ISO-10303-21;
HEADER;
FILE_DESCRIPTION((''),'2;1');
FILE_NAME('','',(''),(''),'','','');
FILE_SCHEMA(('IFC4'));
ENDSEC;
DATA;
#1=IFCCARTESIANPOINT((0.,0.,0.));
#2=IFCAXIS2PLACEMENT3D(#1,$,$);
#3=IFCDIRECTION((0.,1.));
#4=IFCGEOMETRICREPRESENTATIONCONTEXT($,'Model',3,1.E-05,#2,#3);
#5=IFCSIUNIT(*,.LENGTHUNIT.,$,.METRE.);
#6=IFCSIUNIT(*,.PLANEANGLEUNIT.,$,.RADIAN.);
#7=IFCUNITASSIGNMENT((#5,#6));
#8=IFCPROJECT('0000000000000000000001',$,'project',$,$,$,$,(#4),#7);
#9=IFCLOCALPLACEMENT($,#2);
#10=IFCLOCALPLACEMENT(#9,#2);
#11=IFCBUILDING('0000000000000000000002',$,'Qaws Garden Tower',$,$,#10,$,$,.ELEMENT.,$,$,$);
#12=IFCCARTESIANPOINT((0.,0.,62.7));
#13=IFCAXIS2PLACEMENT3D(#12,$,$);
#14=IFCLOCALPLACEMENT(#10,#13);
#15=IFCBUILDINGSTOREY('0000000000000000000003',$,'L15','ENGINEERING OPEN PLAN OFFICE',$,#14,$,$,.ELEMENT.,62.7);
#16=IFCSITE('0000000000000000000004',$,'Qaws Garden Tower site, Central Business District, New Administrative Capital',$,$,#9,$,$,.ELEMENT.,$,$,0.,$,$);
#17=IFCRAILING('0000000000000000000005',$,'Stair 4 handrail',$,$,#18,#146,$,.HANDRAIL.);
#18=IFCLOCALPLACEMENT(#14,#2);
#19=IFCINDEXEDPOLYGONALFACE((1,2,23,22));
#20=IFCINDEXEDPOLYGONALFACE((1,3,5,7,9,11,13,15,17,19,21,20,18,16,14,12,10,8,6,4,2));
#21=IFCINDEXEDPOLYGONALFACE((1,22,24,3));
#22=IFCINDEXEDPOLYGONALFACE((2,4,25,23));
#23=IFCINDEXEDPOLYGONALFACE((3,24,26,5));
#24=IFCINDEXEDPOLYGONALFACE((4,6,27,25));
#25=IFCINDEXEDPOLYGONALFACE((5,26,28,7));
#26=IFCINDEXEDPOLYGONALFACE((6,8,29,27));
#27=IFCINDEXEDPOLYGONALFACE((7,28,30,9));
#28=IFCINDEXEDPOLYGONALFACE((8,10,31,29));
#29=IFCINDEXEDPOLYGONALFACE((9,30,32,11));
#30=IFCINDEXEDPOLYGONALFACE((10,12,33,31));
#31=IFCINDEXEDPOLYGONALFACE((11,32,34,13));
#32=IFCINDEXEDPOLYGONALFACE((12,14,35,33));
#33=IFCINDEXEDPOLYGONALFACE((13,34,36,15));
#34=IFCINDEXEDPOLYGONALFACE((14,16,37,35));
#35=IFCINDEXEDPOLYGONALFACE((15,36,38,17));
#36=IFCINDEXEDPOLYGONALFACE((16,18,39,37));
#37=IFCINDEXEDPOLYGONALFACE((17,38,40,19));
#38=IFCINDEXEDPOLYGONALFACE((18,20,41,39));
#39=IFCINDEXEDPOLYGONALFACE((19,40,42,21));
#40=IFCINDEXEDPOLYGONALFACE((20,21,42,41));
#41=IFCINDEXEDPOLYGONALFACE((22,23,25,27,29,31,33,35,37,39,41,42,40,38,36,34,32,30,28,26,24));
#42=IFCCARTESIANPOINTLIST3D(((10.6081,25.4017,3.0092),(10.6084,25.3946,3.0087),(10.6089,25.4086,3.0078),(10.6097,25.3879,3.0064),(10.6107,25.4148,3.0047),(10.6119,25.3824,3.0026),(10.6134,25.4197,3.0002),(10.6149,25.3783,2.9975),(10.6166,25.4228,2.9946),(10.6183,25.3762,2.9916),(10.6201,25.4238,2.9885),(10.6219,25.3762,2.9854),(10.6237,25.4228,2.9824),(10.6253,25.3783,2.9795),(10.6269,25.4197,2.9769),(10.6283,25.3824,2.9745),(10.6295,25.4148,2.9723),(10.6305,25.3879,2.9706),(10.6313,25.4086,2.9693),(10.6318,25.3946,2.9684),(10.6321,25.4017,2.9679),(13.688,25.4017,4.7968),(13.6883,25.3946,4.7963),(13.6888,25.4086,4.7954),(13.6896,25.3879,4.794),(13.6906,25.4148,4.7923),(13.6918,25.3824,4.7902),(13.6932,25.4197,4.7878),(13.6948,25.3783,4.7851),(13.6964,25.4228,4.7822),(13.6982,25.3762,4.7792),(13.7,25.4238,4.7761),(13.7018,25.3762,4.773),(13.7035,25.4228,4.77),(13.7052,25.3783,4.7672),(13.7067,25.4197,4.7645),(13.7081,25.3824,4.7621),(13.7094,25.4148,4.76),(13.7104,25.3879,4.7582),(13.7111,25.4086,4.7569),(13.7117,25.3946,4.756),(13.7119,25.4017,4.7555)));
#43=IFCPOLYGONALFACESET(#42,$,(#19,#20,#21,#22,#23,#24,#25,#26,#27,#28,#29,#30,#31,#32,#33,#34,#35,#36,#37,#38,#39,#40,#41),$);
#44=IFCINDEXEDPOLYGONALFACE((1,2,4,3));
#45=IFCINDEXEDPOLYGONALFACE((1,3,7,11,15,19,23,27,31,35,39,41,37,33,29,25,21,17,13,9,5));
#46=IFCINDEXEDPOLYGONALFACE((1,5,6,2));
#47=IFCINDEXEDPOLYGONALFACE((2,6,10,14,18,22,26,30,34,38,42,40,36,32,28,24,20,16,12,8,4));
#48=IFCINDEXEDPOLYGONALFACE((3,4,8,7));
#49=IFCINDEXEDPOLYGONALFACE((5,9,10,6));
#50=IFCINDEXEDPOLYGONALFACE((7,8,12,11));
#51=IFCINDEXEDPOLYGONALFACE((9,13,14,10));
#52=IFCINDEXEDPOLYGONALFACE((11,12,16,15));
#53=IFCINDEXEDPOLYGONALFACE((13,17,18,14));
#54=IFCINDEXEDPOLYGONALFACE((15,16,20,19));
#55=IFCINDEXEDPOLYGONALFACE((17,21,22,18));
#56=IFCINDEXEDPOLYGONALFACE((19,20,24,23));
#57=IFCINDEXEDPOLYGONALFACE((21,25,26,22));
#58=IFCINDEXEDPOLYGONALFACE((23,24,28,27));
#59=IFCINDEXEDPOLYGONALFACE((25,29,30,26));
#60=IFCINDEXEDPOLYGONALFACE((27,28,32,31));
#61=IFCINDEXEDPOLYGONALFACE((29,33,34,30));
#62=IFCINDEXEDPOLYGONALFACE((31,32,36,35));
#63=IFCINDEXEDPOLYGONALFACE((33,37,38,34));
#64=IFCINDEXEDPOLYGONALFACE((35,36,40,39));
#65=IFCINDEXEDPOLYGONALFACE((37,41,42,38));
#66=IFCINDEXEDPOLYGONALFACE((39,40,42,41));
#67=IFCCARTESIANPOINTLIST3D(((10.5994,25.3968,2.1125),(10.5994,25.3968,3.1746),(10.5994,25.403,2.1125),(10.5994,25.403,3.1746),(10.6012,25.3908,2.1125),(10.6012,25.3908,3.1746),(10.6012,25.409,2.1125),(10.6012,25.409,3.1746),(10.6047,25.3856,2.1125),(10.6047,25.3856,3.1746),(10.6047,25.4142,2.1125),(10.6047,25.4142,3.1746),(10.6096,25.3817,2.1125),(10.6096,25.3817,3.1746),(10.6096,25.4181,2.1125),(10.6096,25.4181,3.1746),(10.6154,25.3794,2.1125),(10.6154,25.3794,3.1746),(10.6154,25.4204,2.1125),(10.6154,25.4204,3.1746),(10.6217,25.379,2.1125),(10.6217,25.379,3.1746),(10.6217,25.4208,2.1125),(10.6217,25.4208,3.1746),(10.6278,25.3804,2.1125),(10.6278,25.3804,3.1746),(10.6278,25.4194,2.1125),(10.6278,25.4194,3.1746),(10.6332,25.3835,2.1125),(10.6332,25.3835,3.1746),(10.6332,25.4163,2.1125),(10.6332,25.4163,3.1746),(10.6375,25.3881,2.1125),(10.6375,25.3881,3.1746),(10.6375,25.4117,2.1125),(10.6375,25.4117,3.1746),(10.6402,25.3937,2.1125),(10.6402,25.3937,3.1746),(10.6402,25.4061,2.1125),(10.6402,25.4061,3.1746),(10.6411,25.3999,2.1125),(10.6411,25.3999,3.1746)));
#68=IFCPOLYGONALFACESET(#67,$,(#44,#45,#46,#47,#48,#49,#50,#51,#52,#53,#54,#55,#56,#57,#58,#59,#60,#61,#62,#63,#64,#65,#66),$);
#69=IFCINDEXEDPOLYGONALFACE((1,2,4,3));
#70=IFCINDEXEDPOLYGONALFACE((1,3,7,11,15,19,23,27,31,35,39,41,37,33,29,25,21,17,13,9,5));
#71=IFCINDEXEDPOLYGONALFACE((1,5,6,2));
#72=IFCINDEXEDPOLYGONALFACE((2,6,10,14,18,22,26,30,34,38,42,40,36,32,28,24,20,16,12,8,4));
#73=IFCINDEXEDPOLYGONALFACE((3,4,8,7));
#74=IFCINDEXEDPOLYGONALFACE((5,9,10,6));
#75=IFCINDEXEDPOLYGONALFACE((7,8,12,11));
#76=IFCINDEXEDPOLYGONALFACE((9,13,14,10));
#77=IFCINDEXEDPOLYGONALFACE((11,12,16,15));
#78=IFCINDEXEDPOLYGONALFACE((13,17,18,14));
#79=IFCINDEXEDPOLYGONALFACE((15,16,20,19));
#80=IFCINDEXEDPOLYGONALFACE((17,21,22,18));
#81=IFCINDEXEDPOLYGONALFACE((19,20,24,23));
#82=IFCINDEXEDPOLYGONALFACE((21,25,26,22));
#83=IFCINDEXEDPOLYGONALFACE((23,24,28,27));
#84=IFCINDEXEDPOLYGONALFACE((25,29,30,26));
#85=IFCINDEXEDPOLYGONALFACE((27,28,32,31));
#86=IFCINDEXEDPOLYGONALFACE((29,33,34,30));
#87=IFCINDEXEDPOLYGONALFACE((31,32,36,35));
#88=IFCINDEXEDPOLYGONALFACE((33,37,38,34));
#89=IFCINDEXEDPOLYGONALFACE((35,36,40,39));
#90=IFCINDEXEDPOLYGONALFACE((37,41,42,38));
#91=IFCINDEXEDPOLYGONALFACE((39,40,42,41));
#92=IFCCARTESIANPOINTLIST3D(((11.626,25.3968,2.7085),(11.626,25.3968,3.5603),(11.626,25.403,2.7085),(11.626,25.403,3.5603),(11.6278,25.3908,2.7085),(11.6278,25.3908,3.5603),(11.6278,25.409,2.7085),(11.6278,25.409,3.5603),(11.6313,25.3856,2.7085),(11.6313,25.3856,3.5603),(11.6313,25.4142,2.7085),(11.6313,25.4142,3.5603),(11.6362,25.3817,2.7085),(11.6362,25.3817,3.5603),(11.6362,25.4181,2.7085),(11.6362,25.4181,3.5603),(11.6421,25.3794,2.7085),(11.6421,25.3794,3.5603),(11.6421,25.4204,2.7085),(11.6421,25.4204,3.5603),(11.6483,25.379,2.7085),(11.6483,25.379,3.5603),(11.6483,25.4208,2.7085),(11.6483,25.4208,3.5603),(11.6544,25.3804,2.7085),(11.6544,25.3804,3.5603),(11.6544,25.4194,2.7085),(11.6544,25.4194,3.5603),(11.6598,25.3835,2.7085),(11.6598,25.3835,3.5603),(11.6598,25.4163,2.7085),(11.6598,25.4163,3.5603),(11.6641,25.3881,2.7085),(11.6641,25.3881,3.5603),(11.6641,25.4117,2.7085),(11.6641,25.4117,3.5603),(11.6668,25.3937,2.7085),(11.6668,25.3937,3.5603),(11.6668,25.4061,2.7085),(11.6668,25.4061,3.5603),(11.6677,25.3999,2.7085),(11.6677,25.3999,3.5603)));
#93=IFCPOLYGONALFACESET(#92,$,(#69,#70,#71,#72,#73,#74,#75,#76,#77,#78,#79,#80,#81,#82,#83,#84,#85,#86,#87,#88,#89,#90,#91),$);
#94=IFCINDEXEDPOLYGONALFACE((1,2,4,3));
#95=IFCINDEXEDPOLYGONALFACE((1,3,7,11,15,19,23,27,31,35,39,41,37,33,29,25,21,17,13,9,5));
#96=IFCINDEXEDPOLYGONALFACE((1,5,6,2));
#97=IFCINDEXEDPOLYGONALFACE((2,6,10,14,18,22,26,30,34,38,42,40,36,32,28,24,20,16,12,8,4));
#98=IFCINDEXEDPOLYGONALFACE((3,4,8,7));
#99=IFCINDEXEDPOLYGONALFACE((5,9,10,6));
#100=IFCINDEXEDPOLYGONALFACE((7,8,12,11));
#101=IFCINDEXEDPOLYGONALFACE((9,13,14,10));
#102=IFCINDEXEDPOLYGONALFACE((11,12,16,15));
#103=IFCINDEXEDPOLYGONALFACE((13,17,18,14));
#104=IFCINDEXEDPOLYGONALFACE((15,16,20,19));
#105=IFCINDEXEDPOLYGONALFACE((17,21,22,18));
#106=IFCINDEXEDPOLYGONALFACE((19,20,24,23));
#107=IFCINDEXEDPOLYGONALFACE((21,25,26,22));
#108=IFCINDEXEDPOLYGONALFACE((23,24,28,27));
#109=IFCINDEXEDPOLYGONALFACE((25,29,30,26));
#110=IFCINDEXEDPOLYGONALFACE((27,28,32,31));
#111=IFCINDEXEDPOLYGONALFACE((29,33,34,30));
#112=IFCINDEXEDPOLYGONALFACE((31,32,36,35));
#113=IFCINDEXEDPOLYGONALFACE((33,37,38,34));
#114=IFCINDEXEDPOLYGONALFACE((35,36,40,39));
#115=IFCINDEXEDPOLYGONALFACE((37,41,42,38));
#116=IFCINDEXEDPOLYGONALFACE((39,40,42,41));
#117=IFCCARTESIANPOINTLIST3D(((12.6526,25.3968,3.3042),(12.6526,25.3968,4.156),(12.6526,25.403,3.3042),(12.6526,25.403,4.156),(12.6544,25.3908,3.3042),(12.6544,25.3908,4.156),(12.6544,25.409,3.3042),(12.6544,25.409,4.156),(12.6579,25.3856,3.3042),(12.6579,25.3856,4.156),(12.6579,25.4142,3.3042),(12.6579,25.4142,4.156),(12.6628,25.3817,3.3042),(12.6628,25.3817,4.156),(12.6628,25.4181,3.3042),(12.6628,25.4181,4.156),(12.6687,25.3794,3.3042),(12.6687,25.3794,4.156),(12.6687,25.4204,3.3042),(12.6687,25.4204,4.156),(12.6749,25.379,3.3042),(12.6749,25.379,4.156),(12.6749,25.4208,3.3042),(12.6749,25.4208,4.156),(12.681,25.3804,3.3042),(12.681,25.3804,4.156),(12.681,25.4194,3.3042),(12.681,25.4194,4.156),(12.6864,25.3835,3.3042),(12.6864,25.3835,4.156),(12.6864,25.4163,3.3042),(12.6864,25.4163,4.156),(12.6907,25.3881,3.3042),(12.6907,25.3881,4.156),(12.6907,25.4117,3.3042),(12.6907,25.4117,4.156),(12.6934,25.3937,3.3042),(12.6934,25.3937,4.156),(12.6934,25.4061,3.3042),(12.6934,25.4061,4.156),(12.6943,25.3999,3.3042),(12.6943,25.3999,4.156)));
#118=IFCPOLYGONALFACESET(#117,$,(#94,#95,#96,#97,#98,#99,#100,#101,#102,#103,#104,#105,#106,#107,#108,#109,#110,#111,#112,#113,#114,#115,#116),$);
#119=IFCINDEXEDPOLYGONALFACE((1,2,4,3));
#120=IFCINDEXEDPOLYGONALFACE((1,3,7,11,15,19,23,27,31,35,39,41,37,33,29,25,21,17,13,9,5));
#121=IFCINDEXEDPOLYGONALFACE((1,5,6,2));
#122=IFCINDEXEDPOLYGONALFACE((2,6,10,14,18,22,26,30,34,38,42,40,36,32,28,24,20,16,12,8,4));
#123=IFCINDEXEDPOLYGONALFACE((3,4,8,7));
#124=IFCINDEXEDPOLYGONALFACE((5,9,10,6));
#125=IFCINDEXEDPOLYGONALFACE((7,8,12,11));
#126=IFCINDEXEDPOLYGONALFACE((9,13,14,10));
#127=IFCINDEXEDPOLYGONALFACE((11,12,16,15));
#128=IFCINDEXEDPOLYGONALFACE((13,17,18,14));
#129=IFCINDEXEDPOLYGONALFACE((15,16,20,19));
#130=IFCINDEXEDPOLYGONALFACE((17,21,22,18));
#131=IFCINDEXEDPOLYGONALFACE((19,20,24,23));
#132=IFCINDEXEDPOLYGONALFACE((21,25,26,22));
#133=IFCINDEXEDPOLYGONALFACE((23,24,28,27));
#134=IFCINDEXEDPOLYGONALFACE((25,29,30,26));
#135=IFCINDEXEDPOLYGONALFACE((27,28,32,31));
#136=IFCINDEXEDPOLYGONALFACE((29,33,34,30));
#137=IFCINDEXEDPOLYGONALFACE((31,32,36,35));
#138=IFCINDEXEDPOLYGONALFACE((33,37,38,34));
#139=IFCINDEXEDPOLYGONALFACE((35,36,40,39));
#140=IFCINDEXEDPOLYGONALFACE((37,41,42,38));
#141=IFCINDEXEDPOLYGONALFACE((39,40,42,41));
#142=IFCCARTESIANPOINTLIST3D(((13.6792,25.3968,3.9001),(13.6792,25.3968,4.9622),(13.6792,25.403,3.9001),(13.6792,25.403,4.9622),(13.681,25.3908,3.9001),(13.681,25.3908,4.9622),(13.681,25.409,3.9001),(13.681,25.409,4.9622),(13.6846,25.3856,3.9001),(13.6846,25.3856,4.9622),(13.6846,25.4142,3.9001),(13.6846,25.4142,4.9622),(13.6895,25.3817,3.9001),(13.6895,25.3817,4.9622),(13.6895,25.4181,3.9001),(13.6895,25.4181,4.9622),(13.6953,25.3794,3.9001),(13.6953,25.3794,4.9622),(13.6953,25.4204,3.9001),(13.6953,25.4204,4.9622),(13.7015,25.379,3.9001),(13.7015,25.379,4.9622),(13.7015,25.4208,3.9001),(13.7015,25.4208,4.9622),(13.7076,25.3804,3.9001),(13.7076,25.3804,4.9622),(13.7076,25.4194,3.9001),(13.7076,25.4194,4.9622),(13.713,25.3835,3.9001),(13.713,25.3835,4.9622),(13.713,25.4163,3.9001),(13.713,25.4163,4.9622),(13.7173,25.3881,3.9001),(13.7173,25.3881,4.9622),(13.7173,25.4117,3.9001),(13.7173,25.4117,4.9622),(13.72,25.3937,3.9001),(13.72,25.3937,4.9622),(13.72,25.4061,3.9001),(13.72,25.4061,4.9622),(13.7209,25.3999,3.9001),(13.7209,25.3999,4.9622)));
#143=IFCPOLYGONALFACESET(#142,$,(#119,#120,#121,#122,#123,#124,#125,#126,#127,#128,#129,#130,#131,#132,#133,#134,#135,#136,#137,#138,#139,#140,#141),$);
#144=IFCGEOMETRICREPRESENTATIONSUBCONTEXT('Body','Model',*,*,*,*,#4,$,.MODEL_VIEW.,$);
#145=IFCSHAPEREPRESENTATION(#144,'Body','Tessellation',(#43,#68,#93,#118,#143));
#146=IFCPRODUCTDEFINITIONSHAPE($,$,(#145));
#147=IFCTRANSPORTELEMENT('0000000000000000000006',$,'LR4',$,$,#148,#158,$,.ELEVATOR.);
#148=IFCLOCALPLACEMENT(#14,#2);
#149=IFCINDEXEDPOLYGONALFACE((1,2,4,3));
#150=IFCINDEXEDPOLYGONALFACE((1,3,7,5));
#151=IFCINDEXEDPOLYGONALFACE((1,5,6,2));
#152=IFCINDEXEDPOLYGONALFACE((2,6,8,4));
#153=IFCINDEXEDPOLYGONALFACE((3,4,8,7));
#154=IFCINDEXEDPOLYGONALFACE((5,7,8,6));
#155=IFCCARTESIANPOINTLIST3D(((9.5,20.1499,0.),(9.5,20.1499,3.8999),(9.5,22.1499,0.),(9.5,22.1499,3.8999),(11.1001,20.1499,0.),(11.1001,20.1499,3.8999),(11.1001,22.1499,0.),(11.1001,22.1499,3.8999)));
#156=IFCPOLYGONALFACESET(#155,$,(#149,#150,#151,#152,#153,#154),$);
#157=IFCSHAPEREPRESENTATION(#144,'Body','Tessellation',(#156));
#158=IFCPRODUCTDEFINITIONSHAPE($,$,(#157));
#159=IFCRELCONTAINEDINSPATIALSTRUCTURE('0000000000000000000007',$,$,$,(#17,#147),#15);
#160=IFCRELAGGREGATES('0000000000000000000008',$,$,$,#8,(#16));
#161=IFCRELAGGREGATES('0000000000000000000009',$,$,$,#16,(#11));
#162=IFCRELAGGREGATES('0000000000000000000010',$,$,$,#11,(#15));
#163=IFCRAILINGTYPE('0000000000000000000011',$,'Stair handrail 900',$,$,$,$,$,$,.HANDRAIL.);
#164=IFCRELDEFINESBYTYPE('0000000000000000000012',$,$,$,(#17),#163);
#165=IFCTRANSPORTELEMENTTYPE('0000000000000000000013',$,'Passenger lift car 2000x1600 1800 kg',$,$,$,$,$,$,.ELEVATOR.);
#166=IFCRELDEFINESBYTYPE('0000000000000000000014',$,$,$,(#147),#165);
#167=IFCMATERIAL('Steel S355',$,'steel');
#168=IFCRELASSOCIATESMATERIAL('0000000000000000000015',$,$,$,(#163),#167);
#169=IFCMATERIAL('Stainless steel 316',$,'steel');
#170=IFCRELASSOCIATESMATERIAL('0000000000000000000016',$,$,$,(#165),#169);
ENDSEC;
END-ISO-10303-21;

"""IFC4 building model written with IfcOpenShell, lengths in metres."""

from ifc_helpers import new_model, si_unit, direction, frame, origin, origin_2d, place, context, subcontext, project, spatial, rectangle, circle, extrude, material, type_object, element, save


model = new_model("IFC4")

# Units and contexts
model_context = context("Model", 3, precision=1e-05, world=origin(), true_north=direction((0.0, 1.0)))
body_context = subcontext(model_context, "Body", "Model", "MODEL_VIEW")
ifc_project = project(units=[si_unit("LENGTHUNIT", "METRE"), si_unit("PLANEANGLEUNIT", "RADIAN")], contexts=[model_context])

# Site, building, storey
site_placement = place(None, origin())
site = spatial("IfcSite", under=ifc_project, at=site_placement, Name="Qaws Garden Tower site, Central Business District, New Administrative Capital", CompositionType="ELEMENT", RefElevation=0.0)
building_placement = place(site_placement, origin())
building = spatial("IfcBuilding", under=site, at=building_placement, Name="Qaws Garden Tower", CompositionType="ELEMENT")
storey_placement = place(building_placement, frame((0.0, 0.0, 62.7)))
storey = spatial("IfcBuildingStorey", under=building, at=storey_placement, Name="L15", Description="ENGINEERING OPEN PLAN OFFICE", CompositionType="ELEMENT", Elevation=62.7)

# Railing
ifc_material_1 = material(Name="Steel S355", Category="steel")
railing_type = type_object("IfcRailingType", Name="Stair handrail 900", PredefinedType="HANDRAIL", material=ifc_material_1)
railing_1_placement = place(storey_placement, frame((10.6201, 25.3999, 2.1125)))
element("IfcRailing", 1, at=railing_1_placement, inside=storey, type_object=railing_type, Name="Stair 4 handrail", PredefinedType="HANDRAIL", context=body_context, shape_type="SweptSolid", body=[
    extrude(circle(Radius=0.0239, at=origin_2d()), frame((0.0, 0.0, 0.876), z_axis=(0.864873, 0.0, 0.50199), x_axis=(0.0, 1.0, 0.0)), (0.0, 0.0, 1.0), 3.561),
    extrude(circle(Radius=0.021, at=origin_2d()), origin(), (0.0, 0.0, 1.0), 1.062),
    extrude(circle(Radius=0.021, at=origin_2d()), frame((1.0266, 0.0, 0.5959)), (0.0, 0.0, 1.0), 0.8518),
    extrude(circle(Radius=0.021, at=origin_2d()), frame((2.0532, 0.0, 1.1917)), (0.0, 0.0, 1.0), 0.8518),
    extrude(circle(Radius=0.021, at=origin_2d()), frame((3.0798, 0.0, 1.7876)), (0.0, 0.0, 1.0), 1.062),
])

# Transport element
ifc_material_2 = material(Name="Stainless steel 316", Category="steel")
transport_element_type = type_object("IfcTransportElementType", Name="Passenger lift car 2000x1600 1800 kg", PredefinedType="ELEVATOR", material=ifc_material_2)
transport_element_placement = place(storey_placement, frame((10.3, 21.1499, 0.0), z_axis=(0.0, 0.0, 1.0), x_axis=(1.0, 0.0, 0.0)))
element("IfcTransportElement", 2, at=transport_element_placement, inside=storey, type_object=transport_element_type, Name="LR4", PredefinedType="ELEVATOR", context=body_context, shape_type="SweptSolid", body=[
    extrude(rectangle(XDim=1.6001, YDim=2.0, at=origin_2d()), origin(), (0.0, 0.0, 1.0), 3.8999),
])

save(model, "model.ifc")
